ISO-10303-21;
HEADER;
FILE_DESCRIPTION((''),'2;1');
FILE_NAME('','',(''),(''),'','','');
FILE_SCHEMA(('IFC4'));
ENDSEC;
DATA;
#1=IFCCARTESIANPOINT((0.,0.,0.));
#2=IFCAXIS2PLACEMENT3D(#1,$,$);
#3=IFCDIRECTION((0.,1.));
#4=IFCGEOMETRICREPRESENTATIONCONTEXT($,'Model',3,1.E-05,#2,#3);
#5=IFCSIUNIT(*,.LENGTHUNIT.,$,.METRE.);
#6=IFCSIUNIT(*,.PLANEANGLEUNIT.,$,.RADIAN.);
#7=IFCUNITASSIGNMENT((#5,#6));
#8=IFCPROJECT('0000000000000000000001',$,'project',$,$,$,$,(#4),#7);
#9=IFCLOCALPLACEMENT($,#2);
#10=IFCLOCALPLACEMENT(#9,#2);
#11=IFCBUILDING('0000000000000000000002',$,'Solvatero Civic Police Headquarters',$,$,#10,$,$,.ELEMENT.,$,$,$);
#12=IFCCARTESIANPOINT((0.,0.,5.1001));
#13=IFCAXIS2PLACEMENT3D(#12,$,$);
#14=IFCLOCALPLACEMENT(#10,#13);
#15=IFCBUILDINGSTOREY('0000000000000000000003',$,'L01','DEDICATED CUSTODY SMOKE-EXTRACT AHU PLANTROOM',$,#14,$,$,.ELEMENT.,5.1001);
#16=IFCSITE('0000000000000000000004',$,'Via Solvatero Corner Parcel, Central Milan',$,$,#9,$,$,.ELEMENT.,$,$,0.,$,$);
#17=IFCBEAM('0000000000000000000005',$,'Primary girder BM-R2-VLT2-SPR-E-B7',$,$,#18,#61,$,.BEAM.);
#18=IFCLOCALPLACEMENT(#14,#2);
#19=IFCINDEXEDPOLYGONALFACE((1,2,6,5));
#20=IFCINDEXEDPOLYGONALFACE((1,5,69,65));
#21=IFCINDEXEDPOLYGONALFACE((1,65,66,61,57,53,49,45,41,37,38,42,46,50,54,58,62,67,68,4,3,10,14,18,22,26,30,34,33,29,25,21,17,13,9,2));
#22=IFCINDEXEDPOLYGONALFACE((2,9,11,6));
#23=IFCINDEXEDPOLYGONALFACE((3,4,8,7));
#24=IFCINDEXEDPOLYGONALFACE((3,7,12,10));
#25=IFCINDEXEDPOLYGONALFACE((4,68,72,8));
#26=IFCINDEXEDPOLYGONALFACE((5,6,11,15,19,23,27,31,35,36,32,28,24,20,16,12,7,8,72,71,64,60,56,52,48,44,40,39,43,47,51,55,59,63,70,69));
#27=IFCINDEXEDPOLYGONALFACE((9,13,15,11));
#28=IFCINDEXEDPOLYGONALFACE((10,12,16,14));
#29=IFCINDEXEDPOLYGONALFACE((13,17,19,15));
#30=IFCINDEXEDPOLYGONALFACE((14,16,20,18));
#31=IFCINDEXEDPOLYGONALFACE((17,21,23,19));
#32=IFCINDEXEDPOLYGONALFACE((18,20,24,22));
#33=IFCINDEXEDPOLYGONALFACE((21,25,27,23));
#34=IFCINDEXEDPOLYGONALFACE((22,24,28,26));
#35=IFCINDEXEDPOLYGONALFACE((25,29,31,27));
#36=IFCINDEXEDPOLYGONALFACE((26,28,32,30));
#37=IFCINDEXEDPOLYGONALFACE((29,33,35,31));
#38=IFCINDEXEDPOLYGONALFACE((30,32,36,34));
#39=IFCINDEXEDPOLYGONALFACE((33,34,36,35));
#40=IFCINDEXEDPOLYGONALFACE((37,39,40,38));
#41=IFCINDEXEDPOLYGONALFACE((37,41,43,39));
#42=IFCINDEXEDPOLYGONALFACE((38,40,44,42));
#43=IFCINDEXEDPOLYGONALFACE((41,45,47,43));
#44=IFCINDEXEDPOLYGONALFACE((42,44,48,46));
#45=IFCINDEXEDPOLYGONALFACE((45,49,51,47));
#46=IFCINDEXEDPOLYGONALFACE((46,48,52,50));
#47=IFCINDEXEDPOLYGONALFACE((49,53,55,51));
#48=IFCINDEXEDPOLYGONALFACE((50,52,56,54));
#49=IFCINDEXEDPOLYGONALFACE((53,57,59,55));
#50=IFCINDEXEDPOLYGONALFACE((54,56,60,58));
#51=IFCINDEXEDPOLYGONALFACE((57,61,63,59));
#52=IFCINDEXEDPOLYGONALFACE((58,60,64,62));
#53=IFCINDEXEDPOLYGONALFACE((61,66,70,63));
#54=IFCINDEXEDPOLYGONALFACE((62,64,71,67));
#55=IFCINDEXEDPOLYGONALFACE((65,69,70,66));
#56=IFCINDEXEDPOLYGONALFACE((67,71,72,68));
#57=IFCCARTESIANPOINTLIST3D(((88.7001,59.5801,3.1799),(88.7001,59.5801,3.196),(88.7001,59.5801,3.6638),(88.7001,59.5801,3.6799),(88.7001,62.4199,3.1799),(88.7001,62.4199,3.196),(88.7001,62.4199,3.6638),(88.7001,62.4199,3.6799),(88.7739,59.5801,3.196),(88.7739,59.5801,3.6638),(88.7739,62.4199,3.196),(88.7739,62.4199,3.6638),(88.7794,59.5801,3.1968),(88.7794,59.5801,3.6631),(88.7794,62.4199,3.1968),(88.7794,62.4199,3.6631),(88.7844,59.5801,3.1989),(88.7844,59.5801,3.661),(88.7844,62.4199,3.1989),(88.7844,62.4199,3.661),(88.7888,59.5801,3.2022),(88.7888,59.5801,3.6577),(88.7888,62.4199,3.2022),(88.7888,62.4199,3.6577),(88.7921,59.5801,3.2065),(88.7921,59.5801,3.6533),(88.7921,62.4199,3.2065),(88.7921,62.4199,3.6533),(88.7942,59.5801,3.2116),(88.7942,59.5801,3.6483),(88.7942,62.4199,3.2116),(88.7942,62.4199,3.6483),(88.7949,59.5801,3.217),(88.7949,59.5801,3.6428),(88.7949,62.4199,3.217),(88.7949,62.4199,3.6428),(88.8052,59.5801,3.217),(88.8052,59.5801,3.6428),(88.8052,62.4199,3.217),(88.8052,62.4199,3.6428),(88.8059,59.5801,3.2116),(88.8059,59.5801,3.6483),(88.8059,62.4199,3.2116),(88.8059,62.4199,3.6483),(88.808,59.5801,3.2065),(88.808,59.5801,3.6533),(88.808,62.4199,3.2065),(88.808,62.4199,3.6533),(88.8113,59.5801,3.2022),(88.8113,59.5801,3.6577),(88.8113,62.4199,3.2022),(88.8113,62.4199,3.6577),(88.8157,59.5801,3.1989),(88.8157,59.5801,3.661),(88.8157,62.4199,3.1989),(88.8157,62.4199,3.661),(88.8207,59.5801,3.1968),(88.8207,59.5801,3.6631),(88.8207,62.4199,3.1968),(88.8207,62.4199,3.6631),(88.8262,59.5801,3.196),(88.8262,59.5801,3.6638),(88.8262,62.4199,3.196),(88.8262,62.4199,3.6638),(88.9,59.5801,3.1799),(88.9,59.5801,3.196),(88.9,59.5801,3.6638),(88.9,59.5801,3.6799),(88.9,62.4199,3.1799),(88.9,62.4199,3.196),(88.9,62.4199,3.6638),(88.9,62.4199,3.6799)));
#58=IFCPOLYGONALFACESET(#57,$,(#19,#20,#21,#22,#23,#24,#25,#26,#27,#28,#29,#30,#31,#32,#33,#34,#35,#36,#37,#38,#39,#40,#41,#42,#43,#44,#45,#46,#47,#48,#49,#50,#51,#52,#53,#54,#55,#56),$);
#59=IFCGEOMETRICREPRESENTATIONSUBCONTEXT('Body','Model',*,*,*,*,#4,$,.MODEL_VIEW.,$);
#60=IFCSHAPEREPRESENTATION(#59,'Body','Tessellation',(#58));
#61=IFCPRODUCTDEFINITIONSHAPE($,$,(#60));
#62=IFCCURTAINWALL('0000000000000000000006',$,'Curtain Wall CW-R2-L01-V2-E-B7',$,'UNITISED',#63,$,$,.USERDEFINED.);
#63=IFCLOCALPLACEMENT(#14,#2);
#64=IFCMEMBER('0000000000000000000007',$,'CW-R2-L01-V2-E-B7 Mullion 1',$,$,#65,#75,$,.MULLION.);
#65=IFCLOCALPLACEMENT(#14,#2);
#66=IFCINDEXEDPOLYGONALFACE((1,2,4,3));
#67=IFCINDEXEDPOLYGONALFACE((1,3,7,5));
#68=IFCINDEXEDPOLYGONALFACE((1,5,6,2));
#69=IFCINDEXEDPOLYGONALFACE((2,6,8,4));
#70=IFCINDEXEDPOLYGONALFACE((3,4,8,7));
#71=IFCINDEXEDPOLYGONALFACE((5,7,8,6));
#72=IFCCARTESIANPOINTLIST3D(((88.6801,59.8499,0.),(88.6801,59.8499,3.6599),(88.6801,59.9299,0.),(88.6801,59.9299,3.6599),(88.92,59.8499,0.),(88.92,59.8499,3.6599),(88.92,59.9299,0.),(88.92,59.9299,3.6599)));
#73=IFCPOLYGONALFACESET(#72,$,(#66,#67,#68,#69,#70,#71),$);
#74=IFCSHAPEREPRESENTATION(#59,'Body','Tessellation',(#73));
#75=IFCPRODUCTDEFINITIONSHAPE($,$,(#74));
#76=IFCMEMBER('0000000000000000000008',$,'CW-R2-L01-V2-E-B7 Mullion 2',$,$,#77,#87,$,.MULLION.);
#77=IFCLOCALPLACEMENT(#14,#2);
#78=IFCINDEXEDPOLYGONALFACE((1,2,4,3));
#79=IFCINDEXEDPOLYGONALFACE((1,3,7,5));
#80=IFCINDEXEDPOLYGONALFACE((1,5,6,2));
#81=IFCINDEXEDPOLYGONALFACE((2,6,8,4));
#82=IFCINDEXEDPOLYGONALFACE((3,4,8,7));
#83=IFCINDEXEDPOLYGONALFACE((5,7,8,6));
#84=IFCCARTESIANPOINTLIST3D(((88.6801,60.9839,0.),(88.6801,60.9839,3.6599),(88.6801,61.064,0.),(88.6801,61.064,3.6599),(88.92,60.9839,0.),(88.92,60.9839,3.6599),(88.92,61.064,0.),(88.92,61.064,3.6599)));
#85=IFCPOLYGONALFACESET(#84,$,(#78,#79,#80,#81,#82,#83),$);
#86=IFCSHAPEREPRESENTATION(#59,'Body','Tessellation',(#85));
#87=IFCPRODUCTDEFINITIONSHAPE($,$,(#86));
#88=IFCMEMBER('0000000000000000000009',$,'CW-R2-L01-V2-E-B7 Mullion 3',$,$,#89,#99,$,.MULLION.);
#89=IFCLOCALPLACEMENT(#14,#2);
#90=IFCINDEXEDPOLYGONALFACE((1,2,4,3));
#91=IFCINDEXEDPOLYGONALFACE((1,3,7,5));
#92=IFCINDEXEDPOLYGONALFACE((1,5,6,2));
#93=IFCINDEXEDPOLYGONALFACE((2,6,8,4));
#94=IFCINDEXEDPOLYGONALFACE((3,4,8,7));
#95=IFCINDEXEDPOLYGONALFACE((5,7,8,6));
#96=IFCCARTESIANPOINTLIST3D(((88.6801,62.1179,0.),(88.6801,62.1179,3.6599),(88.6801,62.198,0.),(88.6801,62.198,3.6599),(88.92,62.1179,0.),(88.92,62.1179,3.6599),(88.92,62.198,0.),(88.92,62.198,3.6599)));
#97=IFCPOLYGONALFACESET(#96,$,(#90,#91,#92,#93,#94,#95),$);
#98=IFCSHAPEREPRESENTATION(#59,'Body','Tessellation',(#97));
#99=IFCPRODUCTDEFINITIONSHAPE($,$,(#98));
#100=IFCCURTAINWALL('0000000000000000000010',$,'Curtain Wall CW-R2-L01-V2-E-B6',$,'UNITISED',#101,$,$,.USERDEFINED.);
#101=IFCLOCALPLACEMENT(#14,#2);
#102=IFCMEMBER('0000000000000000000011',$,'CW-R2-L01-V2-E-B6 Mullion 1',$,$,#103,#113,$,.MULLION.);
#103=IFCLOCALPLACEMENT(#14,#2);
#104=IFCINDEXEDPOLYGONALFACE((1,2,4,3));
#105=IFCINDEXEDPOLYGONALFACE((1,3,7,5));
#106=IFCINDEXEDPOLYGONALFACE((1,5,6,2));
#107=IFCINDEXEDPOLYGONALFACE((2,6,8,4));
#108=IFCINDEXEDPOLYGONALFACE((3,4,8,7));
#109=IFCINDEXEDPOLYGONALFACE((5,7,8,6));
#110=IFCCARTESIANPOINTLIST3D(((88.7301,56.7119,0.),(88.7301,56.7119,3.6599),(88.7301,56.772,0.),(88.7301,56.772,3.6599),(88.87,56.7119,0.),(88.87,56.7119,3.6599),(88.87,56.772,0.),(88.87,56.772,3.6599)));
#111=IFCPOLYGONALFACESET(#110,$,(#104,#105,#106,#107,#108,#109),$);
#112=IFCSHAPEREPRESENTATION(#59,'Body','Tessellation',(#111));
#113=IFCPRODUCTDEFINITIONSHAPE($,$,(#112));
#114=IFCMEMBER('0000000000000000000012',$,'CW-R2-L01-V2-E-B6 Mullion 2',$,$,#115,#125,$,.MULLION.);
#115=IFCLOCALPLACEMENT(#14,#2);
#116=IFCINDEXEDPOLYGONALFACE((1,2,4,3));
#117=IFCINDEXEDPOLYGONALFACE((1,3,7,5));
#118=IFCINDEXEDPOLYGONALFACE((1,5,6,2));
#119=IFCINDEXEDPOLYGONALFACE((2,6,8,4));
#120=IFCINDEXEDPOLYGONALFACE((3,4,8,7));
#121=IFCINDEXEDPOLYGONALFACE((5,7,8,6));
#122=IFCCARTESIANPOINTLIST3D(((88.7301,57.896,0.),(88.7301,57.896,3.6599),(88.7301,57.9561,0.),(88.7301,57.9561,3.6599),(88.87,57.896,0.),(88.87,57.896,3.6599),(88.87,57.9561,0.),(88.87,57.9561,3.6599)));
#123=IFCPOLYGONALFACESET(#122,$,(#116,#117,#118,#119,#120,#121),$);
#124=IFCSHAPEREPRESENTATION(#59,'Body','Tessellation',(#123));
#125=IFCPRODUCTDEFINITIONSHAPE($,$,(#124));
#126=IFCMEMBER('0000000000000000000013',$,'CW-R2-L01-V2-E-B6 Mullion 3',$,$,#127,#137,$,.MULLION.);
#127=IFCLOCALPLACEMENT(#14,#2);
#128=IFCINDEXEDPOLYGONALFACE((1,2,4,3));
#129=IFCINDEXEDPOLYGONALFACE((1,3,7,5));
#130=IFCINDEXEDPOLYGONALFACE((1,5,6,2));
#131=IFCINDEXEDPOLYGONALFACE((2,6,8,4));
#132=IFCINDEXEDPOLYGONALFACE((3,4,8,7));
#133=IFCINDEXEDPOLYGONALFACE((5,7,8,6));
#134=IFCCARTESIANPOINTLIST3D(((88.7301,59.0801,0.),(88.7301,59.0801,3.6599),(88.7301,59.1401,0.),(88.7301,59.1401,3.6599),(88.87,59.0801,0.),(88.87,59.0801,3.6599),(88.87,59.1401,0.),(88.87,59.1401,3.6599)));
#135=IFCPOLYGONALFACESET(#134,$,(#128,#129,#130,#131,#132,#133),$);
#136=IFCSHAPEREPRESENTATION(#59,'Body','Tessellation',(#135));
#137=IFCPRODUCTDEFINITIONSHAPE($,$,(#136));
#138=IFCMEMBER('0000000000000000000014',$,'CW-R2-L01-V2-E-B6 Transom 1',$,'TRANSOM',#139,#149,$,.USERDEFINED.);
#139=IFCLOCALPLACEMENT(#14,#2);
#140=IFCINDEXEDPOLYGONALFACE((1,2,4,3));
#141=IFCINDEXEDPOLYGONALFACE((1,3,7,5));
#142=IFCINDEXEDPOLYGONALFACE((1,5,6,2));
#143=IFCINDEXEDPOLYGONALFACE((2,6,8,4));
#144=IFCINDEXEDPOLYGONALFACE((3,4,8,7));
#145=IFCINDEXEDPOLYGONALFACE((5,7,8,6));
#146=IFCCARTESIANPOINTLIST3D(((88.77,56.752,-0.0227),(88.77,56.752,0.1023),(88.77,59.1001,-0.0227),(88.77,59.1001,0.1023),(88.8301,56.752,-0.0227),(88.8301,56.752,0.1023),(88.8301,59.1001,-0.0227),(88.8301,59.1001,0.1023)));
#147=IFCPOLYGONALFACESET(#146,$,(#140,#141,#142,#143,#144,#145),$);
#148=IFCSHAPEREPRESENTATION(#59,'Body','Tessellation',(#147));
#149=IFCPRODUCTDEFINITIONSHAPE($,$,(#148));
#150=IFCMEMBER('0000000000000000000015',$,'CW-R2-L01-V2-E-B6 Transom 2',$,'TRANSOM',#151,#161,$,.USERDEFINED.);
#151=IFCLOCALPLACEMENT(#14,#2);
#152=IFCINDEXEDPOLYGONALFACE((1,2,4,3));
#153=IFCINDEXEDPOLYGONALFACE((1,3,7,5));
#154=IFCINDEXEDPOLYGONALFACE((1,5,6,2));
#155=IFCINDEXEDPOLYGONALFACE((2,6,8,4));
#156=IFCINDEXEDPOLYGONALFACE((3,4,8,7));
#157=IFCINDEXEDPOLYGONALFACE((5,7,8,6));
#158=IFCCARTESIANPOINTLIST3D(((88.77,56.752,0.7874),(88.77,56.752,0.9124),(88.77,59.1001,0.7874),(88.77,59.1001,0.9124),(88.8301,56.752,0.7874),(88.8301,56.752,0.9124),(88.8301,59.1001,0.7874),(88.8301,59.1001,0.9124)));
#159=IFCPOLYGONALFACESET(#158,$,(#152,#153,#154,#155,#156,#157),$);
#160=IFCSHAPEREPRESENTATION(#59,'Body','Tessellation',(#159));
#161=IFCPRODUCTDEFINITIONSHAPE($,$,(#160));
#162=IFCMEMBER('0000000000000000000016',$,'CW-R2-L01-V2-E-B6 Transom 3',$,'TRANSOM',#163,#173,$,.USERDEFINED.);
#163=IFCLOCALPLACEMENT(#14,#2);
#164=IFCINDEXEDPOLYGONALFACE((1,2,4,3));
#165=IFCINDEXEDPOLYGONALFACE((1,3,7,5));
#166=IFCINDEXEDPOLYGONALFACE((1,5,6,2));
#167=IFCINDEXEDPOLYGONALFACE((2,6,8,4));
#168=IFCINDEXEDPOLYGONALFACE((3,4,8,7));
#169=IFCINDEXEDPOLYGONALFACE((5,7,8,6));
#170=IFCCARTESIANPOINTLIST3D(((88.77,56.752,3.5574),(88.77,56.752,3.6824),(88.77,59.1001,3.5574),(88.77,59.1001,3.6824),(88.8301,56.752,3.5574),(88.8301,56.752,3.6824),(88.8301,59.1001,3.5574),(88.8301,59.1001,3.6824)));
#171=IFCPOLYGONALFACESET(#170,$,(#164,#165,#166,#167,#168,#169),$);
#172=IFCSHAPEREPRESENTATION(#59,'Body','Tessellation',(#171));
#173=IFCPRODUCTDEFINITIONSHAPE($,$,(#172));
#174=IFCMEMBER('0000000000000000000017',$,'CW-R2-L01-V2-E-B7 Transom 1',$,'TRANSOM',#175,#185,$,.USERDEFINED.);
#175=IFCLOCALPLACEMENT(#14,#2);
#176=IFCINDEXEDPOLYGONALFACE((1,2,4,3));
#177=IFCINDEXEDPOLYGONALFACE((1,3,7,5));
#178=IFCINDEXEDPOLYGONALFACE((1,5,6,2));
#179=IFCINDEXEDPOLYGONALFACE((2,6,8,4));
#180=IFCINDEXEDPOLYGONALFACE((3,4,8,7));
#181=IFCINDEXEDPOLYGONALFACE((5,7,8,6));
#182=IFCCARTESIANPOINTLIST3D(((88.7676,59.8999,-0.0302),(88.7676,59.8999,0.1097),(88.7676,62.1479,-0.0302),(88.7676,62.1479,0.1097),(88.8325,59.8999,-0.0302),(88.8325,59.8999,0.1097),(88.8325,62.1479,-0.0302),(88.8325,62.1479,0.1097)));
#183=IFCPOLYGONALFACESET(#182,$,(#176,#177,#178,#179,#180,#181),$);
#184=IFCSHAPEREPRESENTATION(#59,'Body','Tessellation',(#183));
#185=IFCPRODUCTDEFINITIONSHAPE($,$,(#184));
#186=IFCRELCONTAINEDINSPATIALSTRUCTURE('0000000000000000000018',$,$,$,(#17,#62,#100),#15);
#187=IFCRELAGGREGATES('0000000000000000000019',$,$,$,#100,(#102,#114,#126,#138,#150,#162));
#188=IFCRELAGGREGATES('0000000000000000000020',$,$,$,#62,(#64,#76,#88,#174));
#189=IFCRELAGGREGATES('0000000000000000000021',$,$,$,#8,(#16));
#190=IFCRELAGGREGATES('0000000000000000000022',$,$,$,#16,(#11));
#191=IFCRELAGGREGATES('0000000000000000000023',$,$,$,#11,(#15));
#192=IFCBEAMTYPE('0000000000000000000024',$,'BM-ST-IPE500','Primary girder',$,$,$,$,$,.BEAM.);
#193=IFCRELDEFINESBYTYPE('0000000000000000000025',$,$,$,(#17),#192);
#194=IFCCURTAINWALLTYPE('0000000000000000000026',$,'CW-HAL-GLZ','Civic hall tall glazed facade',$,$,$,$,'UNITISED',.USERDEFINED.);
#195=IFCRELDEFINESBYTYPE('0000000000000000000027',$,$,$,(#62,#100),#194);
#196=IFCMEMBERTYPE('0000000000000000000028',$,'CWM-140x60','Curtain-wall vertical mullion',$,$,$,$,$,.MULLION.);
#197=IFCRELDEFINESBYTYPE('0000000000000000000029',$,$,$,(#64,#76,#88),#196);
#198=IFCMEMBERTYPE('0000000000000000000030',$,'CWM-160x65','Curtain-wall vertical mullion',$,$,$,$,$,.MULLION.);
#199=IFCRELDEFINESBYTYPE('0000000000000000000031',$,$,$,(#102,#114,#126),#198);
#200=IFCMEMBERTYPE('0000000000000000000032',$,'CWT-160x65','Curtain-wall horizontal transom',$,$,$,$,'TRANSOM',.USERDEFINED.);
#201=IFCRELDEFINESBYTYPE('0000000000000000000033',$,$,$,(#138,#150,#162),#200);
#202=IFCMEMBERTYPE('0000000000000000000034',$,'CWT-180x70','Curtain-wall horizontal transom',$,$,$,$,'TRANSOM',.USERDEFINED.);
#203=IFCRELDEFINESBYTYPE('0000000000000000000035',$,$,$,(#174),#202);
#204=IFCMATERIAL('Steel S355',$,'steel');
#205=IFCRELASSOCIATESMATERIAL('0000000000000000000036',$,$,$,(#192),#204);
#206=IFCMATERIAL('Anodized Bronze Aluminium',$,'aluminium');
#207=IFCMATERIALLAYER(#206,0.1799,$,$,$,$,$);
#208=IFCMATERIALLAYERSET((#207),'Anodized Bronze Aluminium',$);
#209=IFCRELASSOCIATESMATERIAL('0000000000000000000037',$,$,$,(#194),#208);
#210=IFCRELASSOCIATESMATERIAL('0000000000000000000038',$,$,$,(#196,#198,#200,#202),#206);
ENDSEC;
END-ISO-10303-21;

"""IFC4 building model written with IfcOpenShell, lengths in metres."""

from ifc_helpers import new_model, si_unit, direction, frame, origin, origin_2d, place, context, subcontext, project, spatial, rectangle, i_section, extrude, material, layer, layer_set, material_profile, profile_set, type_object, element, aggregate, save


model = new_model("IFC4")

# Units and contexts
model_context = context("Model", 3, precision=1e-05, world=origin(), true_north=direction((0.0, 1.0)))
body_context = subcontext(model_context, "Body", "Model", "MODEL_VIEW")
ifc_project = project(units=[si_unit("LENGTHUNIT", "METRE"), si_unit("PLANEANGLEUNIT", "RADIAN")], contexts=[model_context])

# Site, building, storey
site_placement = place(None, origin())
site = spatial("IfcSite", under=ifc_project, at=site_placement, Name="Via Solvatero Corner Parcel, Central Milan", CompositionType="ELEMENT", RefElevation=0.0)
building_placement = place(site_placement, origin())
building = spatial("IfcBuilding", under=site, at=building_placement, Name="Solvatero Civic Police Headquarters", CompositionType="ELEMENT")
storey_placement = place(building_placement, frame((0.0, 0.0, 5.1001)))
storey = spatial("IfcBuildingStorey", under=building, at=storey_placement, Name="L01", Description="DEDICATED CUSTODY SMOKE-EXTRACT AHU PLANTROOM", CompositionType="ELEMENT", Elevation=5.1001)

# Shared definitions
ifc_material_1 = material(Name="Steel S355", Category="steel")

# Beam
ifc_material_profile_1 = material_profile(ifc_material_1, i_section(OverallWidth=0.2, OverallDepth=0.5, WebThickness=0.0103, FlangeThickness=0.0161, FilletRadius=0.021, at=origin_2d()), Name="IPE 500")
ifc_profile_set_1 = profile_set([ifc_material_profile_1], Name="Steel S355")
beam_type_1 = type_object("IfcBeamType", Name="BM-ST-IPE500", Description="Primary girder", PredefinedType="BEAM", material=ifc_profile_set_1)
beam_1_placement = place(storey_placement, frame((88.8, 59.5801, 3.4299), z_axis=(0.0, 1.0, 0.0), x_axis=(-1.0, 0.0, 0.0)))
element("IfcBeam", 1, at=beam_1_placement, inside=storey, type_object=beam_type_1, Name="Primary girder BM-R2-VLT2-SPR-E-B7", PredefinedType="BEAM", context=body_context, shape_type="SweptSolid", body=[
    extrude(i_section(OverallWidth=0.2, OverallDepth=0.5, WebThickness=0.0103, FlangeThickness=0.0161, FilletRadius=0.021, at=origin_2d()), origin(), (0.0, 0.0, 1.0), 2.8398),
])

# Curtain walls, members
ifc_material_2 = material(Name="Anodized Bronze Aluminium", Category="aluminium")
ifc_layer_1 = layer(ifc_material_2, 0.1799)
ifc_layer_set_1 = layer_set([ifc_layer_1], Name="Anodized Bronze Aluminium")
curtain_wall_type = type_object("IfcCurtainWallType", Name="CW-HAL-GLZ", Description="Civic hall tall glazed facade", ElementType="UNITISED", PredefinedType="USERDEFINED", material=ifc_layer_set_1)
curtain_wall_1_placement = place(storey_placement, origin())
curtain_wall_1 = element("IfcCurtainWall", 2, at=curtain_wall_1_placement, inside=storey, type_object=curtain_wall_type, Name="Curtain Wall CW-R2-L01-V2-E-B7", ObjectType="UNITISED", PredefinedType="USERDEFINED")
ifc_material_profile_2 = material_profile(ifc_material_2, rectangle(XDim=0.0801, YDim=0.24, at=origin_2d()), Name="ALU MULLION 80x240")
ifc_profile_set_2 = profile_set([ifc_material_profile_2], Name="Anodized Bronze Aluminium")
member_type_1 = type_object("IfcMemberType", Name="CWM-140x60", Description="Curtain-wall vertical mullion", PredefinedType="MULLION", material=ifc_profile_set_2)
member_1_placement = place(storey_placement, frame((88.8, 59.8899, 0.0), z_axis=(0.0, 0.0, 1.0), x_axis=(0.0, 1.0, 0.0)))
member_1 = element("IfcMember", 3, at=member_1_placement, type_object=member_type_1, Name="CW-R2-L01-V2-E-B7 Mullion 1", PredefinedType="MULLION", context=body_context, shape_type="SweptSolid", body=[
    extrude(rectangle(XDim=0.0801, YDim=0.24, at=origin_2d()), origin(), (0.0, 0.0, 1.0), 3.6599),
])
member_2_placement = place(storey_placement, frame((88.8, 61.0239, 0.0), z_axis=(0.0, 0.0, 1.0), x_axis=(0.0, 1.0, 0.0)))
member_2 = element("IfcMember", 4, at=member_2_placement, type_object=member_type_1, Name="CW-R2-L01-V2-E-B7 Mullion 2", PredefinedType="MULLION", context=body_context, shape_type="SweptSolid", body=[
    extrude(rectangle(XDim=0.0801, YDim=0.24, at=origin_2d()), origin(), (0.0, 0.0, 1.0), 3.6599),
])
member_3_placement = place(storey_placement, frame((88.8, 62.158, 0.0), z_axis=(0.0, 0.0, 1.0), x_axis=(0.0, 1.0, 0.0)))
member_3 = element("IfcMember", 5, at=member_3_placement, type_object=member_type_1, Name="CW-R2-L01-V2-E-B7 Mullion 3", PredefinedType="MULLION", context=body_context, shape_type="SweptSolid", body=[
    extrude(rectangle(XDim=0.0801, YDim=0.24, at=origin_2d()), origin(), (0.0, 0.0, 1.0), 3.6599),
])
curtain_wall_2_placement = place(storey_placement, origin())
curtain_wall_2 = element("IfcCurtainWall", 6, at=curtain_wall_2_placement, inside=storey, type_object=curtain_wall_type, Name="Curtain Wall CW-R2-L01-V2-E-B6", ObjectType="UNITISED", PredefinedType="USERDEFINED")
ifc_material_profile_3 = material_profile(ifc_material_2, rectangle(XDim=0.0601, YDim=0.1399, at=origin_2d()), Name="ALU MULLION 60x140")
ifc_profile_set_3 = profile_set([ifc_material_profile_3], Name="Anodized Bronze Aluminium")
member_type_2 = type_object("IfcMemberType", Name="CWM-160x65", Description="Curtain-wall vertical mullion", PredefinedType="MULLION", material=ifc_profile_set_3)
member_4_placement = place(storey_placement, frame((88.8, 56.7419, 0.0), z_axis=(0.0, 0.0, 1.0), x_axis=(0.0, 1.0, 0.0)))
member_4 = element("IfcMember", 7, at=member_4_placement, type_object=member_type_2, Name="CW-R2-L01-V2-E-B6 Mullion 1", PredefinedType="MULLION", context=body_context, shape_type="SweptSolid", body=[
    extrude(rectangle(XDim=0.0601, YDim=0.1399, at=origin_2d()), origin(), (0.0, 0.0, 1.0), 3.6599),
])
member_5_placement = place(storey_placement, frame((88.8, 57.926, 0.0), z_axis=(0.0, 0.0, 1.0), x_axis=(0.0, 1.0, 0.0)))
member_5 = element("IfcMember", 8, at=member_5_placement, type_object=member_type_2, Name="CW-R2-L01-V2-E-B6 Mullion 2", PredefinedType="MULLION", context=body_context, shape_type="SweptSolid", body=[
    extrude(rectangle(XDim=0.0601, YDim=0.1399, at=origin_2d()), origin(), (0.0, 0.0, 1.0), 3.6599),
])
member_6_placement = place(storey_placement, frame((88.8, 59.1101, 0.0), z_axis=(0.0, 0.0, 1.0), x_axis=(0.0, 1.0, 0.0)))
member_6 = element("IfcMember", 9, at=member_6_placement, type_object=member_type_2, Name="CW-R2-L01-V2-E-B6 Mullion 3", PredefinedType="MULLION", context=body_context, shape_type="SweptSolid", body=[
    extrude(rectangle(XDim=0.0601, YDim=0.1399, at=origin_2d()), origin(), (0.0, 0.0, 1.0), 3.6599),
])
ifc_material_profile_4 = material_profile(ifc_material_2, rectangle(XDim=0.0601, YDim=0.125, at=origin_2d()), Name="ALU TRANSOM 60x125")
ifc_profile_set_4 = profile_set([ifc_material_profile_4], Name="Anodized Bronze Aluminium")
member_type_3 = type_object("IfcMemberType", Name="CWT-160x65", Description="Curtain-wall horizontal transom", ElementType="TRANSOM", PredefinedType="USERDEFINED", material=ifc_profile_set_4)
member_7_placement = place(storey_placement, frame((88.8, 56.752, 0.0398), z_axis=(0.0, 1.0, 0.0), x_axis=(-1.0, 0.0, 0.0)))
member_7 = element("IfcMember", 10, at=member_7_placement, type_object=member_type_3, Name="CW-R2-L01-V2-E-B6 Transom 1", ObjectType="TRANSOM", PredefinedType="USERDEFINED", context=body_context, shape_type="SweptSolid", body=[
    extrude(rectangle(XDim=0.0601, YDim=0.125, at=origin_2d()), origin(), (0.0, 0.0, 1.0), 2.3481),
])
member_8_placement = place(storey_placement, frame((88.8, 56.752, 0.8499), z_axis=(0.0, 1.0, 0.0), x_axis=(-1.0, 0.0, 0.0)))
member_8 = element("IfcMember", 11, at=member_8_placement, type_object=member_type_3, Name="CW-R2-L01-V2-E-B6 Transom 2", ObjectType="TRANSOM", PredefinedType="USERDEFINED", context=body_context, shape_type="SweptSolid", body=[
    extrude(rectangle(XDim=0.0601, YDim=0.125, at=origin_2d()), origin(), (0.0, 0.0, 1.0), 2.3481),
])
member_9_placement = place(storey_placement, frame((88.8, 56.752, 3.6199), z_axis=(0.0, 1.0, 0.0), x_axis=(-1.0, 0.0, 0.0)))
member_9 = element("IfcMember", 12, at=member_9_placement, type_object=member_type_3, Name="CW-R2-L01-V2-E-B6 Transom 3", ObjectType="TRANSOM", PredefinedType="USERDEFINED", context=body_context, shape_type="SweptSolid", body=[
    extrude(rectangle(XDim=0.0601, YDim=0.125, at=origin_2d()), origin(), (0.0, 0.0, 1.0), 2.3481),
])

# Member
ifc_material_profile_5 = material_profile(ifc_material_2, rectangle(XDim=0.0649, YDim=0.1399, at=origin_2d()), Name="ALU TRANSOM 65x140")
ifc_profile_set_5 = profile_set([ifc_material_profile_5], Name="Anodized Bronze Aluminium")
member_type_4 = type_object("IfcMemberType", Name="CWT-180x70", Description="Curtain-wall horizontal transom", ElementType="TRANSOM", PredefinedType="USERDEFINED", material=ifc_profile_set_5)
member_10_placement = place(storey_placement, frame((88.8, 59.8999, 0.0398), z_axis=(0.0, 1.0, 0.0), x_axis=(-1.0, 0.0, 0.0)))
member_10 = element("IfcMember", 13, at=member_10_placement, type_object=member_type_4, Name="CW-R2-L01-V2-E-B7 Transom 1", ObjectType="TRANSOM", PredefinedType="USERDEFINED", context=body_context, shape_type="SweptSolid", body=[
    extrude(rectangle(XDim=0.0649, YDim=0.1399, at=origin_2d()), origin(), (0.0, 0.0, 1.0), 2.248),
])

aggregate(curtain_wall_2, [member_4, member_5, member_6, member_7, member_8, member_9])
aggregate(curtain_wall_1, [member_1, member_2, member_3, member_10])

save(model, "model.ifc")
